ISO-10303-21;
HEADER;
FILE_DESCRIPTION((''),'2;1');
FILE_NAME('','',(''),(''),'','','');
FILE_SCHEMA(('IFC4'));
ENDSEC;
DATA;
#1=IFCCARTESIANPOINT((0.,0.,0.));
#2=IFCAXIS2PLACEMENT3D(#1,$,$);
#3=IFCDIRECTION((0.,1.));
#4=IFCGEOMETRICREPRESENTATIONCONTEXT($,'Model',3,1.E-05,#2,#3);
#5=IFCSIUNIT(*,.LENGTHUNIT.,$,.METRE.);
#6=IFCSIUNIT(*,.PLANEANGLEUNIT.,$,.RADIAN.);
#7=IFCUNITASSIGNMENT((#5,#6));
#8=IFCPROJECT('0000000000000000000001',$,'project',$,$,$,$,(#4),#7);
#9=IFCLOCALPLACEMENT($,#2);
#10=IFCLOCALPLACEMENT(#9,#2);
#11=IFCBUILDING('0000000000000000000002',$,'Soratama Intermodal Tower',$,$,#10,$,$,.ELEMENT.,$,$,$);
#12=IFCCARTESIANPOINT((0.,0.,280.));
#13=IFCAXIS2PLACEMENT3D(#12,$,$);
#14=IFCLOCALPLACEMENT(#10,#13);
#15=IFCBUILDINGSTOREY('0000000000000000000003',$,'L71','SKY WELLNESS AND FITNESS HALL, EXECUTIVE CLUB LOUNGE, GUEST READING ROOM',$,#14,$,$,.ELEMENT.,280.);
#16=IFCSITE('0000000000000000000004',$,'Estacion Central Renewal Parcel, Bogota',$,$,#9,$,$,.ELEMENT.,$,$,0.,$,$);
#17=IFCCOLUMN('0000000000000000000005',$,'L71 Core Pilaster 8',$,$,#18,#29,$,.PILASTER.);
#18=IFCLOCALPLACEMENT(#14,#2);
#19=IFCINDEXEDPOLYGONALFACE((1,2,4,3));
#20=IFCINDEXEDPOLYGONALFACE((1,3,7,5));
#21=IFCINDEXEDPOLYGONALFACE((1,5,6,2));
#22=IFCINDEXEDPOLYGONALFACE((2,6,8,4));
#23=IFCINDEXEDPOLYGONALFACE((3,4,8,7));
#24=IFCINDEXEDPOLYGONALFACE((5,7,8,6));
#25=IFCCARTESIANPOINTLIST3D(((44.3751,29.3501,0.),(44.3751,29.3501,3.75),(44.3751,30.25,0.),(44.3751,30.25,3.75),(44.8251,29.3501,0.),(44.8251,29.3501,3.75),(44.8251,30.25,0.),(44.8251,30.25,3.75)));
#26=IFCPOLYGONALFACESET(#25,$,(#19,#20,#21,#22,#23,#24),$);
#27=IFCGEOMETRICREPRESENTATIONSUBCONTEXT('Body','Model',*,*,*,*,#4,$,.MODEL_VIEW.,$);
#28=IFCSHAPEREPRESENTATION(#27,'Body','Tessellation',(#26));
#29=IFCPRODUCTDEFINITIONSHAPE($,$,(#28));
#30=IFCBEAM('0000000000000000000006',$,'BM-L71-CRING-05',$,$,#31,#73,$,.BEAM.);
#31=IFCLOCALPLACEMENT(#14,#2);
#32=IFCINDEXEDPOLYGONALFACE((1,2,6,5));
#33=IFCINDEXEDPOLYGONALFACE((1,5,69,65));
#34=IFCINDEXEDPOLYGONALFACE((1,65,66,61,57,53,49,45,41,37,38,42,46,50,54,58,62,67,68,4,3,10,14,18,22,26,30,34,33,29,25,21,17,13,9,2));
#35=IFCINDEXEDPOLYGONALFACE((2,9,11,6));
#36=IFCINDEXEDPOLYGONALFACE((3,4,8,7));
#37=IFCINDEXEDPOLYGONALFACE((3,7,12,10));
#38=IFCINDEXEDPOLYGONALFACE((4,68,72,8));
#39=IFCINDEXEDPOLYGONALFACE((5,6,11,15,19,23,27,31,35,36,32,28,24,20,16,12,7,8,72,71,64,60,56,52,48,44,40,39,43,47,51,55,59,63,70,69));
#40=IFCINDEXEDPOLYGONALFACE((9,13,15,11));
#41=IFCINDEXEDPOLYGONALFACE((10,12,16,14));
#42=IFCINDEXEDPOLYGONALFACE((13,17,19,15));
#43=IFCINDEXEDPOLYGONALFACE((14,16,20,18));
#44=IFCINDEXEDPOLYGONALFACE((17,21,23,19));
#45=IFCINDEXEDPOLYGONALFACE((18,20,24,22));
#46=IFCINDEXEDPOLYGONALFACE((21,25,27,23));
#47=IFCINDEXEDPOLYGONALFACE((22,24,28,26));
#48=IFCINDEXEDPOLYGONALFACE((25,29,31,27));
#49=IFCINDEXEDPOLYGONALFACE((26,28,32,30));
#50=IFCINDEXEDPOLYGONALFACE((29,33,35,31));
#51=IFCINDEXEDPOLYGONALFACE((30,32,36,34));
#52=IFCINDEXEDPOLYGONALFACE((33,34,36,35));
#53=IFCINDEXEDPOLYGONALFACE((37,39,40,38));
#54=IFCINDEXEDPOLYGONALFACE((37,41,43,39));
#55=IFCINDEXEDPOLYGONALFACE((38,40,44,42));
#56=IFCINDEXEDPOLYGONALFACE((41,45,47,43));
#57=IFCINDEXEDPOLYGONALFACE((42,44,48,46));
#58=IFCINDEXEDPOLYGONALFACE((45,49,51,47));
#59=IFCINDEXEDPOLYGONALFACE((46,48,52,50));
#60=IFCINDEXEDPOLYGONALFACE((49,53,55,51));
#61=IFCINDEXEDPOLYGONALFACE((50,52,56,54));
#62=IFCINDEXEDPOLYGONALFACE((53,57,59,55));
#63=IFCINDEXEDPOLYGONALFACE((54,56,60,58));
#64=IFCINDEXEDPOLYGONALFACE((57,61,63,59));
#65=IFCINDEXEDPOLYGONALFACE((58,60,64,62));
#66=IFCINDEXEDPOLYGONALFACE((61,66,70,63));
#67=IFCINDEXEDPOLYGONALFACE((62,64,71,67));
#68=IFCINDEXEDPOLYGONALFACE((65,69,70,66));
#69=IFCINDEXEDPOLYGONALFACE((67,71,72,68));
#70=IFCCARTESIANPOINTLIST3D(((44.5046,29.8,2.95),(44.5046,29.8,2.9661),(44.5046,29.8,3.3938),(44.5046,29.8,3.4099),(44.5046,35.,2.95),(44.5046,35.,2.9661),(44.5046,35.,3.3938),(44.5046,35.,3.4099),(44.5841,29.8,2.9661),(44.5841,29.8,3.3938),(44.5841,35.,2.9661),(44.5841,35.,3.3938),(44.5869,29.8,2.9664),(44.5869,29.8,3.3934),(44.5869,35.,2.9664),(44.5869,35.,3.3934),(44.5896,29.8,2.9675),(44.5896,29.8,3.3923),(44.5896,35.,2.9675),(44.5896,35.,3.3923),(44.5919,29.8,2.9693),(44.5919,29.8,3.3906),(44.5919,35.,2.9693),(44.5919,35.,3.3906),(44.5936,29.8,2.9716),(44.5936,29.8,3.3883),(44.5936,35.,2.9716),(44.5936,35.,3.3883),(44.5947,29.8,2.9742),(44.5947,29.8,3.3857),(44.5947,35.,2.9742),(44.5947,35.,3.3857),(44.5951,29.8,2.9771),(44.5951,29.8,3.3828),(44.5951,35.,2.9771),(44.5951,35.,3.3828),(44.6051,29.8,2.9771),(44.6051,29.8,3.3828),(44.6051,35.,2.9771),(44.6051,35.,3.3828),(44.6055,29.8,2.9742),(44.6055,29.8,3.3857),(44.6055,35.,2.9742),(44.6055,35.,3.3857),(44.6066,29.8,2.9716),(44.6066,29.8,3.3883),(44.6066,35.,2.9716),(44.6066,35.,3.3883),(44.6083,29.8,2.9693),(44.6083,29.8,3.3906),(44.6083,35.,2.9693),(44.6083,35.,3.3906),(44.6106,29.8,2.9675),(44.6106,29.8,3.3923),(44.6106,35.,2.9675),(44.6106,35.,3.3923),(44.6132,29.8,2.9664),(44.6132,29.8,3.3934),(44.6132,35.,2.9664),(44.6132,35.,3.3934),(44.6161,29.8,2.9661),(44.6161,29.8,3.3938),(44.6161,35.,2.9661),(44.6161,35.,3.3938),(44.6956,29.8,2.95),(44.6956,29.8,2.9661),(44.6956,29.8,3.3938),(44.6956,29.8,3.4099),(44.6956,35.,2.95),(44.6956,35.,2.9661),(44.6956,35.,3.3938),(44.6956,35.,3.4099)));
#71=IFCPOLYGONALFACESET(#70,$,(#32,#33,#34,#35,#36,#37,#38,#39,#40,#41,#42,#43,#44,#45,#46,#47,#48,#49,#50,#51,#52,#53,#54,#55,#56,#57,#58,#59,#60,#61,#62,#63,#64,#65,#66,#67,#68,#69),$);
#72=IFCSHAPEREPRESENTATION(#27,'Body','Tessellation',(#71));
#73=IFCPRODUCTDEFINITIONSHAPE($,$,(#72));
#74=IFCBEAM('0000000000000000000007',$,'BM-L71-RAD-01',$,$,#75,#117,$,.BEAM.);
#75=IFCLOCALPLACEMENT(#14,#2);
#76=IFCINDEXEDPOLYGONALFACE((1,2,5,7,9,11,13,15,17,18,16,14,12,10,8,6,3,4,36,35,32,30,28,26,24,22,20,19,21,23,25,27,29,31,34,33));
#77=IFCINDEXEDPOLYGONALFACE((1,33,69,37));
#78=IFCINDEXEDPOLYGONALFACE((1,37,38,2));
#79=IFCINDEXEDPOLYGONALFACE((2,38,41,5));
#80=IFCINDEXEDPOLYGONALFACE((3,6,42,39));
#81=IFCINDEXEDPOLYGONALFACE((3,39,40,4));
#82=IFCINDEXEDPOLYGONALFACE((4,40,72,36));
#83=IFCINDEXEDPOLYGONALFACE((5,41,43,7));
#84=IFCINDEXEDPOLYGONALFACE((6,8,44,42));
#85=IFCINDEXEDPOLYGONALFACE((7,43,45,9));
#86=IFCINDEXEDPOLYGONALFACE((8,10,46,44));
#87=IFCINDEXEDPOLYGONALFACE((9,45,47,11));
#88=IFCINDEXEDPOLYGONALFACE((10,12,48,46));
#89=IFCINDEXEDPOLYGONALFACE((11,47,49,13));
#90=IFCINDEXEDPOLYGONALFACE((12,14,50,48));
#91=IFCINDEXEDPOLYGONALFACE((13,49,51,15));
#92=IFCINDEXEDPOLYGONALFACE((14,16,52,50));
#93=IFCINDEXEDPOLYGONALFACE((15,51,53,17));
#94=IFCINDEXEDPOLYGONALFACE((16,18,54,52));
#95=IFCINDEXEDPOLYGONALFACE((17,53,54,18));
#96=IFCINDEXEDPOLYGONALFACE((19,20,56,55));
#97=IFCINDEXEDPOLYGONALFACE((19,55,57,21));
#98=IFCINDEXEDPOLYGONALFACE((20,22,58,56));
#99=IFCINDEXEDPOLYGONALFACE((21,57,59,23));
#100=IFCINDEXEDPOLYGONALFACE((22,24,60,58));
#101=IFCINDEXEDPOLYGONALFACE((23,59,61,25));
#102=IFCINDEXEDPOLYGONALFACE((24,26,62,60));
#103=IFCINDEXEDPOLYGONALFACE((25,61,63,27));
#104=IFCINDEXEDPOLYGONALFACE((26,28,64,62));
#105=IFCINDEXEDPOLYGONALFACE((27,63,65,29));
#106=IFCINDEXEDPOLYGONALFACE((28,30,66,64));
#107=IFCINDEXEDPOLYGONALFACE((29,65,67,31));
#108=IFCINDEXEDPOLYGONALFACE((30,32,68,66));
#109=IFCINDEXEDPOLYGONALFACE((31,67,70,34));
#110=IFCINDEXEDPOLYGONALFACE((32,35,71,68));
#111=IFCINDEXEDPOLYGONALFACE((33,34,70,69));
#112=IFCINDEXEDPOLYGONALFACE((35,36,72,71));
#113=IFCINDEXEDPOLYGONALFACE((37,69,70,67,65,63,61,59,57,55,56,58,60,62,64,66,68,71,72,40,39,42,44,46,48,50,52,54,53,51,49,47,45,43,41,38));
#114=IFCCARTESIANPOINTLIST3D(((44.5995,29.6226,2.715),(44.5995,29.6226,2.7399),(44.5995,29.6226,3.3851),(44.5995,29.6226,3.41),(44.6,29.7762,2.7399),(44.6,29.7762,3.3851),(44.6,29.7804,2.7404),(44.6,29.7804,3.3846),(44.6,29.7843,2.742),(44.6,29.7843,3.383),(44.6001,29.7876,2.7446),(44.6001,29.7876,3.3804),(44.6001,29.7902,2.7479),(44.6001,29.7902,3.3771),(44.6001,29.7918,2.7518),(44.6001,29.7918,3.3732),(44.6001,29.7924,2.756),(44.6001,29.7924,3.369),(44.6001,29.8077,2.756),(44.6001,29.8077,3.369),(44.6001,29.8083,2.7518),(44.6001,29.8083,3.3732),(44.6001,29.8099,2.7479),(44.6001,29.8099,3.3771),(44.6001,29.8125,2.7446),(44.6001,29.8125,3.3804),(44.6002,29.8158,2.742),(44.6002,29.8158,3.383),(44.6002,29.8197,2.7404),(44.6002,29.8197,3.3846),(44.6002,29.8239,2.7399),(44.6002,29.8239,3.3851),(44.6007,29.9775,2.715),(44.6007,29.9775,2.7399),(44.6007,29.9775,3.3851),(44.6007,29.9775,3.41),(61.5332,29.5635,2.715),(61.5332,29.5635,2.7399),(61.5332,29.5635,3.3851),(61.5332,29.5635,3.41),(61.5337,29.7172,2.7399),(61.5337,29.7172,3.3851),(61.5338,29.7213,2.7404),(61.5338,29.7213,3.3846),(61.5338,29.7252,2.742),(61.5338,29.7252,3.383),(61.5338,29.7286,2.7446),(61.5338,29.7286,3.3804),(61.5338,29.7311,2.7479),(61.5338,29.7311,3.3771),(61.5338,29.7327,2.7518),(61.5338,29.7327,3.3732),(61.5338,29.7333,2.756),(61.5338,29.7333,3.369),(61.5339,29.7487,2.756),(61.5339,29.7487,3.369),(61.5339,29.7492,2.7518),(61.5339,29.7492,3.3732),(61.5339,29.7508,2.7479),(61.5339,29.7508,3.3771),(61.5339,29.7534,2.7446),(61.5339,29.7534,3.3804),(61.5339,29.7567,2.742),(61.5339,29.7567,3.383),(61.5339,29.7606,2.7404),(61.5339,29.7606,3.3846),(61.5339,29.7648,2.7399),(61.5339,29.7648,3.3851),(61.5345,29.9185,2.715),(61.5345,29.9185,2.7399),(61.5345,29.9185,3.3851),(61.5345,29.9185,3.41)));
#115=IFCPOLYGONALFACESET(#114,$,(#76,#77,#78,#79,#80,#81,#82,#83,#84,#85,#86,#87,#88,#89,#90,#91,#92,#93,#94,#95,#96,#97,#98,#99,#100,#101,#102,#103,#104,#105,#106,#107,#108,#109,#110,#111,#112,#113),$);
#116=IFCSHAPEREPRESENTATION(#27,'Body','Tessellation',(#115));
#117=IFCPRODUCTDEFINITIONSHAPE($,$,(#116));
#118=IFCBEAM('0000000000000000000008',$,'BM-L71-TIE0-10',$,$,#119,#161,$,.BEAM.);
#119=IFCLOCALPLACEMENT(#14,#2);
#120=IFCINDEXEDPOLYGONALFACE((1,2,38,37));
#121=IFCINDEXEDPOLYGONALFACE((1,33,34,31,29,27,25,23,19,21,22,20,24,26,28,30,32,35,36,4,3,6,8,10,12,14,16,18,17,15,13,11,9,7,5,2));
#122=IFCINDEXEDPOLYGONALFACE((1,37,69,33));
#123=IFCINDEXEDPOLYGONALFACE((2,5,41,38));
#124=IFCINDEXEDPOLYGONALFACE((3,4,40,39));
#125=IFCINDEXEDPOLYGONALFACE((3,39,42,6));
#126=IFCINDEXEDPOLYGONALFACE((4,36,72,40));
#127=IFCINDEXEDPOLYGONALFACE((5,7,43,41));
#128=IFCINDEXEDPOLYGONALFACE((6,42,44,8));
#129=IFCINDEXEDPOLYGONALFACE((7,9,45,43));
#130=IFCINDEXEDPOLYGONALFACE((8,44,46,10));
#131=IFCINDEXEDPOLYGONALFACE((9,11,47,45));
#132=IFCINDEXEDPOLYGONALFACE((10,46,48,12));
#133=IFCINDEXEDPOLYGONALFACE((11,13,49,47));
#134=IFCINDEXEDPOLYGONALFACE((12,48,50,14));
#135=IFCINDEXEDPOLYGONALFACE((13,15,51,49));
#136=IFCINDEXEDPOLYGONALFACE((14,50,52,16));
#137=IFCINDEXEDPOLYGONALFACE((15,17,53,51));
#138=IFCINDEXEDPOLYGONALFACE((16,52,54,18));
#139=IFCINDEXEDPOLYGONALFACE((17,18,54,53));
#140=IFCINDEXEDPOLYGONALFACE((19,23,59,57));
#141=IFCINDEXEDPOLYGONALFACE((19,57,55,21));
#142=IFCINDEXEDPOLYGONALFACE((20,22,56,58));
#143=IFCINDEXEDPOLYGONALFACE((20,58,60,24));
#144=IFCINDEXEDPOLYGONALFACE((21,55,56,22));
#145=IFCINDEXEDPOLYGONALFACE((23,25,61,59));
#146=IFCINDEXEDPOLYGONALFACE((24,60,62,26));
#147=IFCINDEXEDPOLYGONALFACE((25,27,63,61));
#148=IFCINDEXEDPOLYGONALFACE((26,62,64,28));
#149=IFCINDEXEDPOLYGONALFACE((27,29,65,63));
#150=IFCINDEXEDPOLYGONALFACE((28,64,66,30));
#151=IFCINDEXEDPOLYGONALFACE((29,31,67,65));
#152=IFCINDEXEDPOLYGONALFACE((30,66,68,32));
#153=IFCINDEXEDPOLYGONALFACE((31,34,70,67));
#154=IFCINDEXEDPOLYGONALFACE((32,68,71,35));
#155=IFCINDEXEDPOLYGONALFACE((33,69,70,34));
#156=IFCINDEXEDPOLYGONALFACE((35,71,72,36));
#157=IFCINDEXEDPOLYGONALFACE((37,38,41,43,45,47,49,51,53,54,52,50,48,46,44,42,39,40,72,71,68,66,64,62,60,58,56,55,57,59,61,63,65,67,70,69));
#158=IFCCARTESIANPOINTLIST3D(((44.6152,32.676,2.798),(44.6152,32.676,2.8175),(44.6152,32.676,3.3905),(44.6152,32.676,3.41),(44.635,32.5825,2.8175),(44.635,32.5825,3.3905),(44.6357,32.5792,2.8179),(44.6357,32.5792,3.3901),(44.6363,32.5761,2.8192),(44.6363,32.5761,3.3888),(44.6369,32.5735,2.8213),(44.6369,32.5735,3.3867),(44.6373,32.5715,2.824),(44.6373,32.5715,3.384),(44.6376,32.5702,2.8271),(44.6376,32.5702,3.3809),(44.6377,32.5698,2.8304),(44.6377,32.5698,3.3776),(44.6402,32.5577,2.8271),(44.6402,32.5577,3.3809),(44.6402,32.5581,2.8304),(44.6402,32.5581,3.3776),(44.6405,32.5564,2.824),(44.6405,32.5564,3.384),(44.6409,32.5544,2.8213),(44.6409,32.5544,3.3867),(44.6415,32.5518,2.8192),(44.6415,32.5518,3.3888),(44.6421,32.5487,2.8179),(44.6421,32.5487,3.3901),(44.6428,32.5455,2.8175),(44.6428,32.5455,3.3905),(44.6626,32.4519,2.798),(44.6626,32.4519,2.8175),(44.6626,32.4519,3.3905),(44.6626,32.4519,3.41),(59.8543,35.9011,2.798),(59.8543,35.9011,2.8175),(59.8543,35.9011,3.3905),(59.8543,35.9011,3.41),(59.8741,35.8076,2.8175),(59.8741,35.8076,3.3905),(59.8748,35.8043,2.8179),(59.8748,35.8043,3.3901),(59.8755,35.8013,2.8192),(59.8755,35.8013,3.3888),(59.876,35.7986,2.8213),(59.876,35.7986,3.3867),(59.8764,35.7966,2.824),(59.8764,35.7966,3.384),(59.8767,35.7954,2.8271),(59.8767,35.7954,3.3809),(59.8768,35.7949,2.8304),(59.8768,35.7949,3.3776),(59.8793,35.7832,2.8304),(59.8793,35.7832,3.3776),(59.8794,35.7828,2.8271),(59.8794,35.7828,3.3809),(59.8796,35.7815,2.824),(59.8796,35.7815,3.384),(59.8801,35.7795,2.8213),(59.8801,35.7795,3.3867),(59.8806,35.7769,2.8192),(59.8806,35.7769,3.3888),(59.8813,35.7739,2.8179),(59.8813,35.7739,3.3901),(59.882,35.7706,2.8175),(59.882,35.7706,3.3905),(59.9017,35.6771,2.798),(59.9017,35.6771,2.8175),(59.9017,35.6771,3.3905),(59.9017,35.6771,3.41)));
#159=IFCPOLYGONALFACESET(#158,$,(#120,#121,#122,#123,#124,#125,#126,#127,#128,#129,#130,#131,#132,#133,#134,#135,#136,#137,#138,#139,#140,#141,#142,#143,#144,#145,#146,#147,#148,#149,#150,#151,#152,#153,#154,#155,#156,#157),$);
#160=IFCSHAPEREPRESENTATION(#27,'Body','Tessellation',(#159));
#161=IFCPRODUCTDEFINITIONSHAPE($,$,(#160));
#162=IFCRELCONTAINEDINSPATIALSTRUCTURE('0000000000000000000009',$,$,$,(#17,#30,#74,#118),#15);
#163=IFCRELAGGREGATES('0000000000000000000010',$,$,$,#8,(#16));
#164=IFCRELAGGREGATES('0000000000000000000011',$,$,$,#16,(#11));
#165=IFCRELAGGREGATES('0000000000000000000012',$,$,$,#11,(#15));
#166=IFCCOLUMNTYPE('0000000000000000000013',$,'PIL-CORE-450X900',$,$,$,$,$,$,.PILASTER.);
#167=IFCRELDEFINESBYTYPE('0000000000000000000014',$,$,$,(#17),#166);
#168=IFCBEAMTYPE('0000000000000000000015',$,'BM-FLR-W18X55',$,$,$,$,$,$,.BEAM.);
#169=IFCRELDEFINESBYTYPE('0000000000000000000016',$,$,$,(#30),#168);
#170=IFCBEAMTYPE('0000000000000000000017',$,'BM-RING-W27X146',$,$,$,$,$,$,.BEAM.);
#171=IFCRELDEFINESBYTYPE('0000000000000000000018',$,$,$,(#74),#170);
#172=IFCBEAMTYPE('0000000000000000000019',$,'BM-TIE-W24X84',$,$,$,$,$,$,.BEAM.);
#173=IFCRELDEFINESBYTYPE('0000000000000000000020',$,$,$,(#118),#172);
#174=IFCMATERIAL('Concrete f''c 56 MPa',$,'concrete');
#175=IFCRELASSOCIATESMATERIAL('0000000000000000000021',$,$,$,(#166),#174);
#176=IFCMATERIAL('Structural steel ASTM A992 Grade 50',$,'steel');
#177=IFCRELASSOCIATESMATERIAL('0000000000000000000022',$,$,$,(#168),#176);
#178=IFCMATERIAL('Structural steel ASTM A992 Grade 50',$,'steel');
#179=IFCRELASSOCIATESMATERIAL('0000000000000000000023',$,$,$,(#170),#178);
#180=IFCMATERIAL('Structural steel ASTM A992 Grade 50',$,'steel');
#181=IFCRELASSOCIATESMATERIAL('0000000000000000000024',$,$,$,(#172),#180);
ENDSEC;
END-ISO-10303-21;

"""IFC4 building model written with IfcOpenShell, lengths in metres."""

from ifc_helpers import new_model, si_unit, direction, frame, origin, origin_2d, place, context, subcontext, project, spatial, rectangle, i_section, extrude, material, material_profile, profile_set, type_object, element, save


model = new_model("IFC4")

# Units and contexts
model_context = context("Model", 3, precision=1e-05, world=origin(), true_north=direction((0.0, 1.0)))
body_context = subcontext(model_context, "Body", "Model", "MODEL_VIEW")
ifc_project = project(units=[si_unit("LENGTHUNIT", "METRE"), si_unit("PLANEANGLEUNIT", "RADIAN")], contexts=[model_context])

# Site, building, storey
site_placement = place(None, origin())
site = spatial("IfcSite", under=ifc_project, at=site_placement, Name="Estacion Central Renewal Parcel, Bogota", CompositionType="ELEMENT", RefElevation=0.0)
building_placement = place(site_placement, origin())
building = spatial("IfcBuilding", under=site, at=building_placement, Name="Soratama Intermodal Tower", CompositionType="ELEMENT")
storey_placement = place(building_placement, frame((0.0, 0.0, 280.0)))
storey = spatial("IfcBuildingStorey", under=building, at=storey_placement, Name="L71", Description="SKY WELLNESS AND FITNESS HALL, EXECUTIVE CLUB LOUNGE, GUEST READING ROOM", CompositionType="ELEMENT", Elevation=280.0)

# Column
ifc_material_1 = material(Name="Concrete f'c 56 MPa", Category="concrete")
ifc_material_profile_1 = material_profile(ifc_material_1, rectangle(XDim=0.45, YDim=0.8999, at=origin_2d()), Name="RC450X900")
ifc_profile_set_1 = profile_set([ifc_material_profile_1], Name="Concrete f'c 56 MPa")
column_type = type_object("IfcColumnType", Name="PIL-CORE-450X900", PredefinedType="PILASTER", material=ifc_profile_set_1)
column_placement = place(storey_placement, frame((44.6001, 29.8, 0.0), z_axis=(0.0, 0.0, 1.0), x_axis=(1.0, 0.0, 0.0)))
element("IfcColumn", 1, at=column_placement, inside=storey, type_object=column_type, Name="L71 Core Pilaster 8", PredefinedType="PILASTER", context=body_context, shape_type="SweptSolid", body=[
    extrude(rectangle(XDim=0.45, YDim=0.8999, at=origin_2d()), origin(), (0.0, 0.0, 1.0), 3.75),
])

# Beams
ifc_material_2 = material(Name="Structural steel ASTM A992 Grade 50", Category="steel")
ifc_material_profile_2 = material_profile(ifc_material_2, i_section(OverallWidth=0.1909, OverallDepth=0.46, WebThickness=0.01, FlangeThickness=0.0161, FilletRadius=0.011, at=origin_2d()), Name="W18X55")
ifc_profile_set_2 = profile_set([ifc_material_profile_2], Name="Structural steel ASTM A992 Grade 50")
beam_type_1 = type_object("IfcBeamType", Name="BM-FLR-W18X55", PredefinedType="BEAM", material=ifc_profile_set_2)
beam_1_placement = place(storey_placement, frame((44.6001, 29.8, 3.1799), z_axis=(0.0, 1.0, 0.0), x_axis=(-1.0, 0.0, 0.0)))
element("IfcBeam", 2, at=beam_1_placement, inside=storey, type_object=beam_type_1, Name="BM-L71-CRING-05", PredefinedType="BEAM", context=body_context, shape_type="SweptSolid", body=[
    extrude(i_section(OverallWidth=0.1909, OverallDepth=0.46, WebThickness=0.01, FlangeThickness=0.0161, FilletRadius=0.011, at=origin_2d()), origin(), (0.0, 0.0, 1.0), 5.2),
])
ifc_material_3 = material(Name="Structural steel ASTM A992 Grade 50", Category="steel")
ifc_material_profile_3 = material_profile(ifc_material_3, i_section(OverallWidth=0.355, OverallDepth=0.6951, WebThickness=0.0154, FlangeThickness=0.0249, FilletRadius=0.0161, at=origin_2d()), Name="W27X146")
ifc_profile_set_3 = profile_set([ifc_material_profile_3], Name="Structural steel ASTM A992 Grade 50")
beam_type_2 = type_object("IfcBeamType", Name="BM-RING-W27X146", PredefinedType="BEAM", material=ifc_profile_set_3)
beam_2_placement = place(storey_placement, frame((44.6001, 29.8, 3.0625), z_axis=(0.999994, -0.003489, 0.0), x_axis=(0.003489, 0.999994, 0.0)))
element("IfcBeam", 3, at=beam_2_placement, inside=storey, type_object=beam_type_2, Name="BM-L71-RAD-01", PredefinedType="BEAM", context=body_context, shape_type="SweptSolid", body=[
    extrude(i_section(OverallWidth=0.355, OverallDepth=0.6951, WebThickness=0.0154, FlangeThickness=0.0249, FilletRadius=0.0161, at=origin_2d()), origin(), (0.0, 0.0, 1.0), 16.9338),
])
ifc_material_4 = material(Name="Structural steel ASTM A992 Grade 50", Category="steel")
ifc_material_profile_4 = material_profile(ifc_material_4, i_section(OverallWidth=0.229, OverallDepth=0.6121, WebThickness=0.012, FlangeThickness=0.0195, FilletRadius=0.0129, at=origin_2d()), Name="W24X84")
ifc_profile_set_4 = profile_set([ifc_material_profile_4], Name="Structural steel ASTM A992 Grade 50")
beam_type_3 = type_object("IfcBeamType", Name="BM-TIE-W24X84", PredefinedType="BEAM", material=ifc_profile_set_4)
beam_3_placement = place(storey_placement, frame((44.6389, 32.564, 3.104), z_axis=(0.978331, 0.207048, 0.0), x_axis=(-0.207048, 0.978331, 0.0)))
element("IfcBeam", 4, at=beam_3_placement, inside=storey, type_object=beam_type_3, Name="BM-L71-TIE0-10", PredefinedType="BEAM", context=body_context, shape_type="SweptSolid", body=[
    extrude(i_section(OverallWidth=0.229, OverallDepth=0.6121, WebThickness=0.012, FlangeThickness=0.0195, FilletRadius=0.0129, at=origin_2d()), origin(), (0.0, 0.0, 1.0), 15.5767),
])

save(model, "model.ifc")
